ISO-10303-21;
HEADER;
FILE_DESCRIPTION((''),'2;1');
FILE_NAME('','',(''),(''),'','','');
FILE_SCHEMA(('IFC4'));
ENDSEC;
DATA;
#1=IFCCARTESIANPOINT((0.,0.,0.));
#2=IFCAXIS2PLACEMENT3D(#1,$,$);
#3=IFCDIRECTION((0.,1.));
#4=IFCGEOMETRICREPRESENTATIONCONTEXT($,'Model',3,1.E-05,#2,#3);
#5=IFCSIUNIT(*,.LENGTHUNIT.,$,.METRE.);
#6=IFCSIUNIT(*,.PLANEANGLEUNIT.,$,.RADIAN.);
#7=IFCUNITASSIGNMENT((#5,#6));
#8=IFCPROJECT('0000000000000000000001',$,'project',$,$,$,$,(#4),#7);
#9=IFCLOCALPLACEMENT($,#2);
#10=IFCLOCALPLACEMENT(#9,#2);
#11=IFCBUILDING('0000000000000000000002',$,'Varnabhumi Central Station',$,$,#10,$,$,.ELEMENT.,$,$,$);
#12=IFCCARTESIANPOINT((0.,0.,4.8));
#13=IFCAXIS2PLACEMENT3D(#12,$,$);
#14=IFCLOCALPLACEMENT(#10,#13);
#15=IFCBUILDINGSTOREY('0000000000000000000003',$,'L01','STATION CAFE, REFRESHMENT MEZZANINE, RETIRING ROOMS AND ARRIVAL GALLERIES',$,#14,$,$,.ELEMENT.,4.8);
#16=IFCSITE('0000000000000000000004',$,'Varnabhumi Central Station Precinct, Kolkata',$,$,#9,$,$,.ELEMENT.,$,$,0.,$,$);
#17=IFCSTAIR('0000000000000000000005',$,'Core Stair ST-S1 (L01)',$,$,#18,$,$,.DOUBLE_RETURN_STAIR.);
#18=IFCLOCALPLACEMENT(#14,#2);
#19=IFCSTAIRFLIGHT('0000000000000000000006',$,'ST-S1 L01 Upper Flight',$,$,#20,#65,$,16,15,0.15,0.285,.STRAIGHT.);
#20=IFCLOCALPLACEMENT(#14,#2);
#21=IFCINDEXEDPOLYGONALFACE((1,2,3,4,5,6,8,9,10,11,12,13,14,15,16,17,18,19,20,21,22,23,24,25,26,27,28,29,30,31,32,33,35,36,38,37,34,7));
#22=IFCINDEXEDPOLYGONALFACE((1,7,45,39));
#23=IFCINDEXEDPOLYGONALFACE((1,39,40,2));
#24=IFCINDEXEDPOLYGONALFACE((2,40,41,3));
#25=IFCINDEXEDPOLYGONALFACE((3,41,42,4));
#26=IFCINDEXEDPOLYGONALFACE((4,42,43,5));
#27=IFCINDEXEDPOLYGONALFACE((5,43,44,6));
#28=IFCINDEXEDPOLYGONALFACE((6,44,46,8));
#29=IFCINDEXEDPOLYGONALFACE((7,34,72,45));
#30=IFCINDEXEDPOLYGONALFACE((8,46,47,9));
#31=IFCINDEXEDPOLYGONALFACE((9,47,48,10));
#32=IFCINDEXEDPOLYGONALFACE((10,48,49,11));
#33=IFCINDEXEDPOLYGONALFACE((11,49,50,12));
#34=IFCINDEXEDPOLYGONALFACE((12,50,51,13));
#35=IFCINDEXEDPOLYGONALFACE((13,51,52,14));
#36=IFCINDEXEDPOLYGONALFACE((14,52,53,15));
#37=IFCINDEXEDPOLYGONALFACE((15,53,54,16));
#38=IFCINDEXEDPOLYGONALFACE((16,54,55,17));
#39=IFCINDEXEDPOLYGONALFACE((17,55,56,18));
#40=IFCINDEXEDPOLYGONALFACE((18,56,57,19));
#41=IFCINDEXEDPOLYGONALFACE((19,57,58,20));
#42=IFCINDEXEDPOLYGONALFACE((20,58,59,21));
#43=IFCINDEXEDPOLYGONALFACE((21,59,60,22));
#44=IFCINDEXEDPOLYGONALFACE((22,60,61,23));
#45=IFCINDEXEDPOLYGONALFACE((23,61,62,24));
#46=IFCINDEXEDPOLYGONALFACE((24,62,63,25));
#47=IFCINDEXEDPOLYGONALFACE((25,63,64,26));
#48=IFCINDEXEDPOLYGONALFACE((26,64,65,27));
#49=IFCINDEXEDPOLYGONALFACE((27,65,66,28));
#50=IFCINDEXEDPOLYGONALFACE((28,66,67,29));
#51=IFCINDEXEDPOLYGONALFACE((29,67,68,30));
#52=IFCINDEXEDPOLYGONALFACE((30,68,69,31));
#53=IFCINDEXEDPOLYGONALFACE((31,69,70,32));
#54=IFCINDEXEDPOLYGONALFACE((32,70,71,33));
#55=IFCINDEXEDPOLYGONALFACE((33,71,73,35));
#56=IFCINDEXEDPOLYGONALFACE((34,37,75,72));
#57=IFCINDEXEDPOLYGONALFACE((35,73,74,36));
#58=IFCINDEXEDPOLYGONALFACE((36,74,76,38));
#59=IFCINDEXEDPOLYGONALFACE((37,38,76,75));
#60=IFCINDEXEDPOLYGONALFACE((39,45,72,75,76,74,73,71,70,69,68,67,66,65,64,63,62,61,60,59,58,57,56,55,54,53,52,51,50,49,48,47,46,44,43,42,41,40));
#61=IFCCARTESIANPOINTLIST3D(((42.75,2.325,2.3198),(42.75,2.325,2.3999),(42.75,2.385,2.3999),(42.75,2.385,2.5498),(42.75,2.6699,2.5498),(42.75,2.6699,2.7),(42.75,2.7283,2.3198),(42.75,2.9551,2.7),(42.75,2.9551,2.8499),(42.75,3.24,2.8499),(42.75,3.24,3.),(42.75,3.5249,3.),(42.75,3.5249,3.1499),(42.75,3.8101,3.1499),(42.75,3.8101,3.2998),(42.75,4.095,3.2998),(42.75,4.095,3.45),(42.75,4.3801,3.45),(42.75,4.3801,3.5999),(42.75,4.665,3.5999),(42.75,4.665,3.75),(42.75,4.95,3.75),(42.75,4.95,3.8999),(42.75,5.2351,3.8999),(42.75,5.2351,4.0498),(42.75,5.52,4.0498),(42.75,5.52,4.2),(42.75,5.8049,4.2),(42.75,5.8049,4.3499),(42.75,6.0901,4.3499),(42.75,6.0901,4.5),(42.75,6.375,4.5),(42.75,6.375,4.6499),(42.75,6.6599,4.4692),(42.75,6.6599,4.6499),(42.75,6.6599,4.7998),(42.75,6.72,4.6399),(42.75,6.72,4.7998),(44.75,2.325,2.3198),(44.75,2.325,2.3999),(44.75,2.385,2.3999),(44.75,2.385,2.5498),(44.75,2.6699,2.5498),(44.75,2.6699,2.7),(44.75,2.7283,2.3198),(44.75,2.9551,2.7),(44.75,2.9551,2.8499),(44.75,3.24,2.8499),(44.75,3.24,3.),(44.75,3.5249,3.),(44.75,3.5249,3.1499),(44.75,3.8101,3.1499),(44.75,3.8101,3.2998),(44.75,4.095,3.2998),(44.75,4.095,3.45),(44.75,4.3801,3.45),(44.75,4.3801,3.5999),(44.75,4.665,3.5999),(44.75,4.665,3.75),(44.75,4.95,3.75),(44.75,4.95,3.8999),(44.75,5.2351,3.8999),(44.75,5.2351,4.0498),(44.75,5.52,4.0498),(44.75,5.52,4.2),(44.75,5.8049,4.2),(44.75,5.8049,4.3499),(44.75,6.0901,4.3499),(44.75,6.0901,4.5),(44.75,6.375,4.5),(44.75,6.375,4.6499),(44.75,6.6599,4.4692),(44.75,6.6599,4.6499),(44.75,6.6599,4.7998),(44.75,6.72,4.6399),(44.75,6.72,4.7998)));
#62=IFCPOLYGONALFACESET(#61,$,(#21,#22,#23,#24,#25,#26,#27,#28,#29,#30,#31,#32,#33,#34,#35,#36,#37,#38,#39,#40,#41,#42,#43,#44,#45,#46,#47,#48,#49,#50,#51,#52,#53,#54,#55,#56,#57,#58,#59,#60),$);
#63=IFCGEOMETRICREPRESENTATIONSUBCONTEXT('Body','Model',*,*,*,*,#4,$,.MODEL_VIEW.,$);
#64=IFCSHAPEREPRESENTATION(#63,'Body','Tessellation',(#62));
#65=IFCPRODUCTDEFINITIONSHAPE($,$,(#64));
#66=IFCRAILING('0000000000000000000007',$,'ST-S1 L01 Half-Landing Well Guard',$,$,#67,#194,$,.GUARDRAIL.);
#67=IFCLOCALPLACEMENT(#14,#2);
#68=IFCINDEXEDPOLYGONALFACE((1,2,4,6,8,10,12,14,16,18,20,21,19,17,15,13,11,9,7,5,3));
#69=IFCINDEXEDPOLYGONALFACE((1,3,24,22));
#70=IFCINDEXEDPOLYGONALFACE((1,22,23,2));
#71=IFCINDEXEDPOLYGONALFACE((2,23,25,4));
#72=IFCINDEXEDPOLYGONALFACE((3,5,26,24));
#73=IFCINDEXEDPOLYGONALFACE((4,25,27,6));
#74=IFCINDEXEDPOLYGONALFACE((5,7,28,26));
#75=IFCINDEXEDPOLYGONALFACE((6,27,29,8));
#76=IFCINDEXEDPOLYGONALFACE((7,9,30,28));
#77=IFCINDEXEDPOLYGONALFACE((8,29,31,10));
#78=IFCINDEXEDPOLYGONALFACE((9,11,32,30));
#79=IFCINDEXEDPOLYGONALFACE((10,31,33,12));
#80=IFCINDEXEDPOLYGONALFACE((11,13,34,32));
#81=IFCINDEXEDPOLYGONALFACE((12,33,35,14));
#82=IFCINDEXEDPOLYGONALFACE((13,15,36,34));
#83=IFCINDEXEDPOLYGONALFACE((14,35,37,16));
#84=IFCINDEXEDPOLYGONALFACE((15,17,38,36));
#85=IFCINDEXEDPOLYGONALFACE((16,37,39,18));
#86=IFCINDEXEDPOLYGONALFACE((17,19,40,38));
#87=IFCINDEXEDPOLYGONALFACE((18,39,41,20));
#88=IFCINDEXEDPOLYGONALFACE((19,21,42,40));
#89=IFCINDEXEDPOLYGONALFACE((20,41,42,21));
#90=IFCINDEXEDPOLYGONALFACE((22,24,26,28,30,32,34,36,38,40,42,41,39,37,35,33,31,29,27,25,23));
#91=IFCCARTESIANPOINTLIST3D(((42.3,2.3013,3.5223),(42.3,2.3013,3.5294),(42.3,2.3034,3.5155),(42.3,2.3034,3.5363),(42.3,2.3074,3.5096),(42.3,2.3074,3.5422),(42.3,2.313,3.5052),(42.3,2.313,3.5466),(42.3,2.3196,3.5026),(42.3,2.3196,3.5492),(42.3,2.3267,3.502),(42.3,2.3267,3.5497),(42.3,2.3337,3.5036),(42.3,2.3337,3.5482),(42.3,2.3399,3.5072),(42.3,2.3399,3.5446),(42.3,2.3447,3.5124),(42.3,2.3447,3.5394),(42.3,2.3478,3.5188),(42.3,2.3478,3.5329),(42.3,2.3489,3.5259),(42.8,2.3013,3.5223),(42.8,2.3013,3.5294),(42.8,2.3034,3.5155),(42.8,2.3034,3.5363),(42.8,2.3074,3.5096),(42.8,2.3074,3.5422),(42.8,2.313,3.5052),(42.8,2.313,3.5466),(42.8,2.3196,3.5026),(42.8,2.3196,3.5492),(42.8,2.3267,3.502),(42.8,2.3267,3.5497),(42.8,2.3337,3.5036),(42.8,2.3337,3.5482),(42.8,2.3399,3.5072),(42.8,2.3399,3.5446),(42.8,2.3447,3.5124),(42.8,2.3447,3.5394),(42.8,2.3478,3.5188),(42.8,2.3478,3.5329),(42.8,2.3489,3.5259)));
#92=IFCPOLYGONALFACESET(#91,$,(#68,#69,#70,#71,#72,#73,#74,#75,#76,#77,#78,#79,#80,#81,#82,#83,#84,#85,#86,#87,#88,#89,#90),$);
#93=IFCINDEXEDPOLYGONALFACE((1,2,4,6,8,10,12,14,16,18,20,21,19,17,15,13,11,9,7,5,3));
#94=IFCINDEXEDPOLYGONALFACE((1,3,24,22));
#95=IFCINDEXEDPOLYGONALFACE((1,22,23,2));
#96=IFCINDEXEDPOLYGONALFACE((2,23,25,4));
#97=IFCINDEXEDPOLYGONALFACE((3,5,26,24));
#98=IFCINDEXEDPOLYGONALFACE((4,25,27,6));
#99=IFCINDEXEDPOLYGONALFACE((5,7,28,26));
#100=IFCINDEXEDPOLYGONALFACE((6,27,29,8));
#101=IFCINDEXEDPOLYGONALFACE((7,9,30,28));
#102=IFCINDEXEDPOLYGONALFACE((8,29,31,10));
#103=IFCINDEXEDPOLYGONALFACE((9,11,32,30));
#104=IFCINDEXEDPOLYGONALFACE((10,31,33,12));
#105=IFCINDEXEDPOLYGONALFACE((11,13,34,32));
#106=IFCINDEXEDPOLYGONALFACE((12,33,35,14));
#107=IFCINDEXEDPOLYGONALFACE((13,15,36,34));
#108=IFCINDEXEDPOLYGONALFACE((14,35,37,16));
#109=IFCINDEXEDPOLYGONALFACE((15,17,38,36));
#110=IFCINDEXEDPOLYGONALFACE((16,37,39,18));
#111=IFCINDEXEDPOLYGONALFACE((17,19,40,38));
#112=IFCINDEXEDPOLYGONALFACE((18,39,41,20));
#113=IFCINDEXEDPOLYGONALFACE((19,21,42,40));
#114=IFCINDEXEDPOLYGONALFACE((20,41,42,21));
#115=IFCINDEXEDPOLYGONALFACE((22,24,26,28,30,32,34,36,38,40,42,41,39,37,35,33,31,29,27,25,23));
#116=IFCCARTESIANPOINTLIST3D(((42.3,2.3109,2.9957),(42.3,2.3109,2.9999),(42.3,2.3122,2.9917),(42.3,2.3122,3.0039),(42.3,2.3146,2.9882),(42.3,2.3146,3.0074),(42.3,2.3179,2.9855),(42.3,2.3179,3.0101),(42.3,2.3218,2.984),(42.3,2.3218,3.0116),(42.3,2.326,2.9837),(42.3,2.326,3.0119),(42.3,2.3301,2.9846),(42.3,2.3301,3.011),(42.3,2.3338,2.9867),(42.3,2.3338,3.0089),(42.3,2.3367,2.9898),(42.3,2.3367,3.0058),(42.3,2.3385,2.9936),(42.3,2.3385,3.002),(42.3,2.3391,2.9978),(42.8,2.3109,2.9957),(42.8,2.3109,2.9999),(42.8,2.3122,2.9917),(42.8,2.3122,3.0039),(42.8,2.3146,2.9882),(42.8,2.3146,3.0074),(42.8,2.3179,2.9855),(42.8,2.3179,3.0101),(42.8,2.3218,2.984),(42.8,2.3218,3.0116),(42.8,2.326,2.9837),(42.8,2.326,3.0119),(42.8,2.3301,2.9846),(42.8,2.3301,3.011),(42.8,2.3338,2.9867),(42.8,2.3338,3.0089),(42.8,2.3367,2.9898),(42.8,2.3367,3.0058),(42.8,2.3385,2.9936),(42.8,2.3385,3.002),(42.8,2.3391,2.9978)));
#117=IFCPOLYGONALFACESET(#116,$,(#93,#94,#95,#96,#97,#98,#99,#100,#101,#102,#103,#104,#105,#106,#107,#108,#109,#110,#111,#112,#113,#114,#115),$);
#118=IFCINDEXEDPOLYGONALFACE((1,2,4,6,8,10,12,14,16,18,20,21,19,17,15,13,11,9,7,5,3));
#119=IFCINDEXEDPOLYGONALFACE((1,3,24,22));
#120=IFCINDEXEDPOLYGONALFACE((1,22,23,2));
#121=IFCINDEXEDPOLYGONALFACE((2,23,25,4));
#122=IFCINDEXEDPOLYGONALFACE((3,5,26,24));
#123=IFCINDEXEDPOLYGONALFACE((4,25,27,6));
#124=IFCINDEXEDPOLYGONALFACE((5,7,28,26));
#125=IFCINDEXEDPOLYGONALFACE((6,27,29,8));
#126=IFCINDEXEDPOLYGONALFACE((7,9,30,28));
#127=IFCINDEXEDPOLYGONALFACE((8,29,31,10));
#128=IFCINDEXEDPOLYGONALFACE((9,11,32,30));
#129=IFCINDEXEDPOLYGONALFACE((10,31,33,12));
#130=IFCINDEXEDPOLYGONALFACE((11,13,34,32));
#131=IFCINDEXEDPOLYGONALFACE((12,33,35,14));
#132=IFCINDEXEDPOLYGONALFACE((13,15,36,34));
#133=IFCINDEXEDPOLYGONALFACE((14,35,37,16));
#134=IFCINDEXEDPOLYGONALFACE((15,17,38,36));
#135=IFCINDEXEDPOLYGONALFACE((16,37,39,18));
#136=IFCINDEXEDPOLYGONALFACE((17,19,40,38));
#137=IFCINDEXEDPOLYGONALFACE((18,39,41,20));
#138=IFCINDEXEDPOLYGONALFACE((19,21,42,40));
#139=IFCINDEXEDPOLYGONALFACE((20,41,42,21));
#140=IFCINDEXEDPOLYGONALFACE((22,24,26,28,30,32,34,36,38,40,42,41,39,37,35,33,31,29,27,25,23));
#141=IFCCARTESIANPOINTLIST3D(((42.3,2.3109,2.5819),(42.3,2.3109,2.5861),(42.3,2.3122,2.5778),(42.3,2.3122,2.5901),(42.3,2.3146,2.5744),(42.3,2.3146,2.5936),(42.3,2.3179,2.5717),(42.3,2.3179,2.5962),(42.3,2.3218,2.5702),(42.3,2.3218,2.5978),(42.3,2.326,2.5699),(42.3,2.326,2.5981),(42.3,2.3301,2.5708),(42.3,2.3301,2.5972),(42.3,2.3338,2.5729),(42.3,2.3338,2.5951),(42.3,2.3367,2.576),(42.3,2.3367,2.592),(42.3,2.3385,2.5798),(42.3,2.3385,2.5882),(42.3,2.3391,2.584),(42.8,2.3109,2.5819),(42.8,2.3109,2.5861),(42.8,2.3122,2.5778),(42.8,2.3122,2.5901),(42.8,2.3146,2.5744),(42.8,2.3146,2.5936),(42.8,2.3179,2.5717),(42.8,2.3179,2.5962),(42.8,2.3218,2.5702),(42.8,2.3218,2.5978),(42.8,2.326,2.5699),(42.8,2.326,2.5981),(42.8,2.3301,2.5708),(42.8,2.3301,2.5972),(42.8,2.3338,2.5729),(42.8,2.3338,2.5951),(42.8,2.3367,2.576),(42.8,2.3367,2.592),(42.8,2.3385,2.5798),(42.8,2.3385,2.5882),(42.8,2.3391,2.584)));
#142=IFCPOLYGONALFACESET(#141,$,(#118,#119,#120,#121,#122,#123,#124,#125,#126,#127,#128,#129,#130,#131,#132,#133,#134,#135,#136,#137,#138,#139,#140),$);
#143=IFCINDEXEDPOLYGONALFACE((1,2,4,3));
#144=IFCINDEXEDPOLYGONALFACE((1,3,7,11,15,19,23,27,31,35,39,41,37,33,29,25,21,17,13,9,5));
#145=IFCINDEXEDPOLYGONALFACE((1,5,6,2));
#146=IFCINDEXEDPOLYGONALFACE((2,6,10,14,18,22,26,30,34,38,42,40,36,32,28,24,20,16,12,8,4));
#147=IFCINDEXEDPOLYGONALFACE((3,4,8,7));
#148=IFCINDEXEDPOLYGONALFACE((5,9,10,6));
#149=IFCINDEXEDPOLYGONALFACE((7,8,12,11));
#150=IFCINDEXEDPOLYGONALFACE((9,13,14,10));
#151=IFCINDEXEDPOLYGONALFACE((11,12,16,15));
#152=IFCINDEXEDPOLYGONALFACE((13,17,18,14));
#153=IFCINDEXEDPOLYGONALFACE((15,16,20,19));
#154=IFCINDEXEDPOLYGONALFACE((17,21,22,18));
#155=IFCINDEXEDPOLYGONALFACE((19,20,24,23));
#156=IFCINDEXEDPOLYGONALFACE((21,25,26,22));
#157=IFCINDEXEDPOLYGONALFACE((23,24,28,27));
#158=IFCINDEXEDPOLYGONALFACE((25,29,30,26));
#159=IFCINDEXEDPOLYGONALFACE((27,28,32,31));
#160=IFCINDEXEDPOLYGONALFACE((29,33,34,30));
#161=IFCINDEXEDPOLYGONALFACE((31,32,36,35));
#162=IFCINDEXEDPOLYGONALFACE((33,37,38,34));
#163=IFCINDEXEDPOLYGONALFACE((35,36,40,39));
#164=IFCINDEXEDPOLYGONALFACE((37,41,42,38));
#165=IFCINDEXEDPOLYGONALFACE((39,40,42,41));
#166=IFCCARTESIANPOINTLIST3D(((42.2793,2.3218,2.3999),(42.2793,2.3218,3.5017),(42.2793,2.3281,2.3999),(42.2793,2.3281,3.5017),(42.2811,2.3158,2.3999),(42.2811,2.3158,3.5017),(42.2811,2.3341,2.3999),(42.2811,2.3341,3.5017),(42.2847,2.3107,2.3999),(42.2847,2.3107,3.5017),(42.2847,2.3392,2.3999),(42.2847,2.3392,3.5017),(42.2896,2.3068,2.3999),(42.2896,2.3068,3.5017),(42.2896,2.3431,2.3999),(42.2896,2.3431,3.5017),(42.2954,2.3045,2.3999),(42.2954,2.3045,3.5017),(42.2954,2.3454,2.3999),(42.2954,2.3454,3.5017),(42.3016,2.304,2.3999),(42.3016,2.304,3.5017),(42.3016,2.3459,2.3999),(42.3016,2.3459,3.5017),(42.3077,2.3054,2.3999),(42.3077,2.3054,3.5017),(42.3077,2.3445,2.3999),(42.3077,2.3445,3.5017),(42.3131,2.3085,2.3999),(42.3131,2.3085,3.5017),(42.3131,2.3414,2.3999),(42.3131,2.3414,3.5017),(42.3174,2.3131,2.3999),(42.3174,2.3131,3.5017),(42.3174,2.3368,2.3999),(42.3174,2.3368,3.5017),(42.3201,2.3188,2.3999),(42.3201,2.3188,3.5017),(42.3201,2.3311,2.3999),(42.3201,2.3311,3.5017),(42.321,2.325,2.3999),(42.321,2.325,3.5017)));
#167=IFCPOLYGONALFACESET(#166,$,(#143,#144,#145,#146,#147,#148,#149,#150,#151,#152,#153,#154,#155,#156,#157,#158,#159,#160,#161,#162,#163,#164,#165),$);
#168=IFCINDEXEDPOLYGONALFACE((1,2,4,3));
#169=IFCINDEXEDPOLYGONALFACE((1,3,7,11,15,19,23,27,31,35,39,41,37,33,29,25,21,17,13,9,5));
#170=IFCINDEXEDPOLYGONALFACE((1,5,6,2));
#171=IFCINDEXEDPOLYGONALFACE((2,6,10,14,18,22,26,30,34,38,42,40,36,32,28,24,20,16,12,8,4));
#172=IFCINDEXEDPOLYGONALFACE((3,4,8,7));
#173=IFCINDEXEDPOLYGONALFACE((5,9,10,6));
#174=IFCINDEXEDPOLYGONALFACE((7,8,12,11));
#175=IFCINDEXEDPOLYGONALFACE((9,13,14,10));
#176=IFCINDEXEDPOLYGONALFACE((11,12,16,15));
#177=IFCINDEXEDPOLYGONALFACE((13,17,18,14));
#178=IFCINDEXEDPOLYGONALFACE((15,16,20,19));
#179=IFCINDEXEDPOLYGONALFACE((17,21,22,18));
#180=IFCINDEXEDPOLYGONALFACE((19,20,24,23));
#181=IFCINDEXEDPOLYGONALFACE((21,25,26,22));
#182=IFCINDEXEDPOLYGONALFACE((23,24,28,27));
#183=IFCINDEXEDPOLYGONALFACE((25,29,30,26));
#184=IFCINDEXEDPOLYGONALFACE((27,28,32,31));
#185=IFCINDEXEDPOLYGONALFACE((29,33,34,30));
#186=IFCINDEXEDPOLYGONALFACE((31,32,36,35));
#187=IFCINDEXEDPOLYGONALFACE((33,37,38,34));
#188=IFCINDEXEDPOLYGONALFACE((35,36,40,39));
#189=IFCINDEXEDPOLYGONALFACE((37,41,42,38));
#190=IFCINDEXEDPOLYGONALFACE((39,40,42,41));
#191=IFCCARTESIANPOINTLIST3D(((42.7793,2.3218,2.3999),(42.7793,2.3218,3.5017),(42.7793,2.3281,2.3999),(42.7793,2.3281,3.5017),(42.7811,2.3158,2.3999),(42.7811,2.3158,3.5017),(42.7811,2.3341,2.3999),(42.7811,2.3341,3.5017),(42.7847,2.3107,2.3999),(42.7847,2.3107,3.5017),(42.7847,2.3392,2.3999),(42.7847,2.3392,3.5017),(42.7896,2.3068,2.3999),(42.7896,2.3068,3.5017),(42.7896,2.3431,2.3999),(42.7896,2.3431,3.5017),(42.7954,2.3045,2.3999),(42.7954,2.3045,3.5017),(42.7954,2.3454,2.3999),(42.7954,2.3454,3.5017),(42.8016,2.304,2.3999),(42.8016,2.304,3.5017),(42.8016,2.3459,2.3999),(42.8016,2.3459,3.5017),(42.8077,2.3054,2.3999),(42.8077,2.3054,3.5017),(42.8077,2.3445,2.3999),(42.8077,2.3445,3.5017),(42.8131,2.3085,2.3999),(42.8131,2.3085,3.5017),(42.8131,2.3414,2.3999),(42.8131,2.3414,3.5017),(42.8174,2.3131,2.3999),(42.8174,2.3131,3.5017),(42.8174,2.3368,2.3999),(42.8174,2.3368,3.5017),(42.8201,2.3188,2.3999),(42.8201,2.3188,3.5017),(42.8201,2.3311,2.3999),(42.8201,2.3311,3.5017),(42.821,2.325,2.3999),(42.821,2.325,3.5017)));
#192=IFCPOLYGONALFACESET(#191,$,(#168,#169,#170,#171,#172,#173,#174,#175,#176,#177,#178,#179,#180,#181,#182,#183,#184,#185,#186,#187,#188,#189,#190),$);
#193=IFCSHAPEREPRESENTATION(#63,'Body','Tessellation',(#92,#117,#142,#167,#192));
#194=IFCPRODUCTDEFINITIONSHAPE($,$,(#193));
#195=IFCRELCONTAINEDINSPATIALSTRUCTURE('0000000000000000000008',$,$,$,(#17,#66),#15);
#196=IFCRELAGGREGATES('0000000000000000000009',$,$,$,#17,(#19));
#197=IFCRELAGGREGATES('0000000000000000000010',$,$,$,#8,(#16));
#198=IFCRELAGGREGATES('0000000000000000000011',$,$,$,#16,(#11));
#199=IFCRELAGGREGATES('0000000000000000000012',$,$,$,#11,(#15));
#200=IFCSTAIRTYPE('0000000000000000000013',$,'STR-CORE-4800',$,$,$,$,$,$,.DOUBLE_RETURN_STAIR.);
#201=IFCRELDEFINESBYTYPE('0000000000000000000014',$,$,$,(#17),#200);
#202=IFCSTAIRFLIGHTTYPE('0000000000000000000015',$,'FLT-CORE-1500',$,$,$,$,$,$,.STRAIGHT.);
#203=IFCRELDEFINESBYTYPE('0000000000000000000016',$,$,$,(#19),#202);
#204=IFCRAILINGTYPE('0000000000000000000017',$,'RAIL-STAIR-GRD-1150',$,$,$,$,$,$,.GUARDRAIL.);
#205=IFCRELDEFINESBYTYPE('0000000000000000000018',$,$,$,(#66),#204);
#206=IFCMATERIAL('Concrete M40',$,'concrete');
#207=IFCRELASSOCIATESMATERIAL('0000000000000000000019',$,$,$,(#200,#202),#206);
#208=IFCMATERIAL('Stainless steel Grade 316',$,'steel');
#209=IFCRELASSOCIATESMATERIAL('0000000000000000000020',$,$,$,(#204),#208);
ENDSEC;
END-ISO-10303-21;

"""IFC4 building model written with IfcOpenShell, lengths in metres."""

from ifc_helpers import new_model, si_unit, direction, frame, origin, origin_2d, place, context, subcontext, project, spatial, polyline, circle, outline, extrude, material, type_object, element, aggregate, save


model = new_model("IFC4")

# Units and contexts
model_context = context("Model", 3, precision=1e-05, world=origin(), true_north=direction((0.0, 1.0)))
body_context = subcontext(model_context, "Body", "Model", "MODEL_VIEW")
ifc_project = project(units=[si_unit("LENGTHUNIT", "METRE"), si_unit("PLANEANGLEUNIT", "RADIAN")], contexts=[model_context])

# Site, building, storey
site_placement = place(None, origin())
site = spatial("IfcSite", under=ifc_project, at=site_placement, Name="Varnabhumi Central Station Precinct, Kolkata", CompositionType="ELEMENT", RefElevation=0.0)
building_placement = place(site_placement, origin())
building = spatial("IfcBuilding", under=site, at=building_placement, Name="Varnabhumi Central Station", CompositionType="ELEMENT")
storey_placement = place(building_placement, frame((0.0, 0.0, 4.8)))
storey = spatial("IfcBuildingStorey", under=building, at=storey_placement, Name="L01", Description="STATION CAFE, REFRESHMENT MEZZANINE, RETIRING ROOMS AND ARRIVAL GALLERIES", CompositionType="ELEMENT", Elevation=4.8)

# Shared definitions
ifc_material_1 = material(Name="Concrete M40", Category="concrete")

# Shared definitions
ifc_material_2 = material(Name="Stainless steel Grade 316", Category="steel")

# Stair, stair flight
stair_type = type_object("IfcStairType", Name="STR-CORE-4800", PredefinedType="DOUBLE_RETURN_STAIR", material=ifc_material_1)
stair_placement = place(storey_placement, origin())
stair = element("IfcStair", 1, at=stair_placement, inside=storey, type_object=stair_type, Name="Core Stair ST-S1 (L01)", PredefinedType="DOUBLE_RETURN_STAIR")
stair_flight_type = type_object("IfcStairFlightType", Name="FLT-CORE-1500", PredefinedType="STRAIGHT", material=ifc_material_1)
stair_flight_placement = place(storey_placement, frame((43.75, 2.385, 2.3999), z_axis=(0.0, 0.0, 1.0), x_axis=(0.0, 1.0, 0.0)))
stair_flight = element("IfcStairFlight", 2, at=stair_flight_placement, type_object=stair_flight_type, Name="ST-S1 L01 Upper Flight", NumberOfRisers=16, NumberOfTreads=15, PredefinedType="STRAIGHT", RiserHeight=0.15, TreadLength=0.285, context=body_context, shape_type="SweptSolid", body=[
    extrude(outline(polyline([(-0.0601, -0.0801), (-0.0601, 0.0), (0.0, 0.0), (0.0, 0.1499), (0.2849, 0.1499), (0.2849, 0.3), (0.5701, 0.3), (0.5701, 0.45), (0.855, 0.45), (0.855, 0.6001), (1.1399, 0.6001), (1.1399, 0.75), (1.425, 0.75), (1.425, 0.8999), (1.71, 0.8999), (1.71, 1.05), (1.9951, 1.05), (1.9951, 1.2), (2.28, 1.2), (2.28, 1.3501), (2.5649, 1.3501), (2.5649, 1.5), (2.8501, 1.5), (2.8501, 1.6499), (3.135, 1.6499), (3.135, 1.8), (3.4199, 1.8), (3.4199, 1.95), (3.7051, 1.95), (3.7051, 2.1001), (3.99, 2.1001), (3.99, 2.25), (4.2749, 2.25), (4.2749, 2.3999), (4.335, 2.3999), (4.335, 2.24), (4.2749, 2.0693), (0.3433, -0.0801), (-0.0601, -0.0801)])), frame((0.0, 1.0, 0.0), z_axis=(0.0, -1.0, 0.0), x_axis=(1.0, 0.0, 0.0)), (0.0, 0.0, 1.0), 2.0),
])
aggregate(stair, [stair_flight])

# Railing
railing_type_1 = type_object("IfcRailingType", Name="RAIL-STAIR-GRD-1150", PredefinedType="GUARDRAIL", material=ifc_material_2)
railing_1_placement = place(storey_placement, frame((42.3, 2.325, 2.3999)))
element("IfcRailing", 3, at=railing_1_placement, inside=storey, type_object=railing_type_1, Name="ST-S1 L01 Half-Landing Well Guard", PredefinedType="GUARDRAIL", context=body_context, shape_type="SweptSolid", body=[
    extrude(circle(Radius=0.0239, at=origin_2d()), frame((0.0, 0.0, 1.126), z_axis=(1.0, 0.0, 0.0), x_axis=(0.0, 1.0, 0.0)), (0.0, 0.0, 1.0), 0.5),
    extrude(circle(Radius=0.0142, at=origin_2d()), frame((0.0, 0.0, 0.5979), z_axis=(1.0, 0.0, 0.0), x_axis=(0.0, 1.0, 0.0)), (0.0, 0.0, 1.0), 0.5),
    extrude(circle(Radius=0.0142, at=origin_2d()), frame((0.0, 0.0, 0.1841), z_axis=(1.0, 0.0, 0.0), x_axis=(0.0, 1.0, 0.0)), (0.0, 0.0, 1.0), 0.5),
    extrude(circle(Radius=0.021, at=origin_2d()), origin(), (0.0, 0.0, 1.0), 1.1018),
    extrude(circle(Radius=0.021, at=origin_2d()), frame((0.5, 0.0, 0.0)), (0.0, 0.0, 1.0), 1.1018),
])

save(model, "model.ifc")
